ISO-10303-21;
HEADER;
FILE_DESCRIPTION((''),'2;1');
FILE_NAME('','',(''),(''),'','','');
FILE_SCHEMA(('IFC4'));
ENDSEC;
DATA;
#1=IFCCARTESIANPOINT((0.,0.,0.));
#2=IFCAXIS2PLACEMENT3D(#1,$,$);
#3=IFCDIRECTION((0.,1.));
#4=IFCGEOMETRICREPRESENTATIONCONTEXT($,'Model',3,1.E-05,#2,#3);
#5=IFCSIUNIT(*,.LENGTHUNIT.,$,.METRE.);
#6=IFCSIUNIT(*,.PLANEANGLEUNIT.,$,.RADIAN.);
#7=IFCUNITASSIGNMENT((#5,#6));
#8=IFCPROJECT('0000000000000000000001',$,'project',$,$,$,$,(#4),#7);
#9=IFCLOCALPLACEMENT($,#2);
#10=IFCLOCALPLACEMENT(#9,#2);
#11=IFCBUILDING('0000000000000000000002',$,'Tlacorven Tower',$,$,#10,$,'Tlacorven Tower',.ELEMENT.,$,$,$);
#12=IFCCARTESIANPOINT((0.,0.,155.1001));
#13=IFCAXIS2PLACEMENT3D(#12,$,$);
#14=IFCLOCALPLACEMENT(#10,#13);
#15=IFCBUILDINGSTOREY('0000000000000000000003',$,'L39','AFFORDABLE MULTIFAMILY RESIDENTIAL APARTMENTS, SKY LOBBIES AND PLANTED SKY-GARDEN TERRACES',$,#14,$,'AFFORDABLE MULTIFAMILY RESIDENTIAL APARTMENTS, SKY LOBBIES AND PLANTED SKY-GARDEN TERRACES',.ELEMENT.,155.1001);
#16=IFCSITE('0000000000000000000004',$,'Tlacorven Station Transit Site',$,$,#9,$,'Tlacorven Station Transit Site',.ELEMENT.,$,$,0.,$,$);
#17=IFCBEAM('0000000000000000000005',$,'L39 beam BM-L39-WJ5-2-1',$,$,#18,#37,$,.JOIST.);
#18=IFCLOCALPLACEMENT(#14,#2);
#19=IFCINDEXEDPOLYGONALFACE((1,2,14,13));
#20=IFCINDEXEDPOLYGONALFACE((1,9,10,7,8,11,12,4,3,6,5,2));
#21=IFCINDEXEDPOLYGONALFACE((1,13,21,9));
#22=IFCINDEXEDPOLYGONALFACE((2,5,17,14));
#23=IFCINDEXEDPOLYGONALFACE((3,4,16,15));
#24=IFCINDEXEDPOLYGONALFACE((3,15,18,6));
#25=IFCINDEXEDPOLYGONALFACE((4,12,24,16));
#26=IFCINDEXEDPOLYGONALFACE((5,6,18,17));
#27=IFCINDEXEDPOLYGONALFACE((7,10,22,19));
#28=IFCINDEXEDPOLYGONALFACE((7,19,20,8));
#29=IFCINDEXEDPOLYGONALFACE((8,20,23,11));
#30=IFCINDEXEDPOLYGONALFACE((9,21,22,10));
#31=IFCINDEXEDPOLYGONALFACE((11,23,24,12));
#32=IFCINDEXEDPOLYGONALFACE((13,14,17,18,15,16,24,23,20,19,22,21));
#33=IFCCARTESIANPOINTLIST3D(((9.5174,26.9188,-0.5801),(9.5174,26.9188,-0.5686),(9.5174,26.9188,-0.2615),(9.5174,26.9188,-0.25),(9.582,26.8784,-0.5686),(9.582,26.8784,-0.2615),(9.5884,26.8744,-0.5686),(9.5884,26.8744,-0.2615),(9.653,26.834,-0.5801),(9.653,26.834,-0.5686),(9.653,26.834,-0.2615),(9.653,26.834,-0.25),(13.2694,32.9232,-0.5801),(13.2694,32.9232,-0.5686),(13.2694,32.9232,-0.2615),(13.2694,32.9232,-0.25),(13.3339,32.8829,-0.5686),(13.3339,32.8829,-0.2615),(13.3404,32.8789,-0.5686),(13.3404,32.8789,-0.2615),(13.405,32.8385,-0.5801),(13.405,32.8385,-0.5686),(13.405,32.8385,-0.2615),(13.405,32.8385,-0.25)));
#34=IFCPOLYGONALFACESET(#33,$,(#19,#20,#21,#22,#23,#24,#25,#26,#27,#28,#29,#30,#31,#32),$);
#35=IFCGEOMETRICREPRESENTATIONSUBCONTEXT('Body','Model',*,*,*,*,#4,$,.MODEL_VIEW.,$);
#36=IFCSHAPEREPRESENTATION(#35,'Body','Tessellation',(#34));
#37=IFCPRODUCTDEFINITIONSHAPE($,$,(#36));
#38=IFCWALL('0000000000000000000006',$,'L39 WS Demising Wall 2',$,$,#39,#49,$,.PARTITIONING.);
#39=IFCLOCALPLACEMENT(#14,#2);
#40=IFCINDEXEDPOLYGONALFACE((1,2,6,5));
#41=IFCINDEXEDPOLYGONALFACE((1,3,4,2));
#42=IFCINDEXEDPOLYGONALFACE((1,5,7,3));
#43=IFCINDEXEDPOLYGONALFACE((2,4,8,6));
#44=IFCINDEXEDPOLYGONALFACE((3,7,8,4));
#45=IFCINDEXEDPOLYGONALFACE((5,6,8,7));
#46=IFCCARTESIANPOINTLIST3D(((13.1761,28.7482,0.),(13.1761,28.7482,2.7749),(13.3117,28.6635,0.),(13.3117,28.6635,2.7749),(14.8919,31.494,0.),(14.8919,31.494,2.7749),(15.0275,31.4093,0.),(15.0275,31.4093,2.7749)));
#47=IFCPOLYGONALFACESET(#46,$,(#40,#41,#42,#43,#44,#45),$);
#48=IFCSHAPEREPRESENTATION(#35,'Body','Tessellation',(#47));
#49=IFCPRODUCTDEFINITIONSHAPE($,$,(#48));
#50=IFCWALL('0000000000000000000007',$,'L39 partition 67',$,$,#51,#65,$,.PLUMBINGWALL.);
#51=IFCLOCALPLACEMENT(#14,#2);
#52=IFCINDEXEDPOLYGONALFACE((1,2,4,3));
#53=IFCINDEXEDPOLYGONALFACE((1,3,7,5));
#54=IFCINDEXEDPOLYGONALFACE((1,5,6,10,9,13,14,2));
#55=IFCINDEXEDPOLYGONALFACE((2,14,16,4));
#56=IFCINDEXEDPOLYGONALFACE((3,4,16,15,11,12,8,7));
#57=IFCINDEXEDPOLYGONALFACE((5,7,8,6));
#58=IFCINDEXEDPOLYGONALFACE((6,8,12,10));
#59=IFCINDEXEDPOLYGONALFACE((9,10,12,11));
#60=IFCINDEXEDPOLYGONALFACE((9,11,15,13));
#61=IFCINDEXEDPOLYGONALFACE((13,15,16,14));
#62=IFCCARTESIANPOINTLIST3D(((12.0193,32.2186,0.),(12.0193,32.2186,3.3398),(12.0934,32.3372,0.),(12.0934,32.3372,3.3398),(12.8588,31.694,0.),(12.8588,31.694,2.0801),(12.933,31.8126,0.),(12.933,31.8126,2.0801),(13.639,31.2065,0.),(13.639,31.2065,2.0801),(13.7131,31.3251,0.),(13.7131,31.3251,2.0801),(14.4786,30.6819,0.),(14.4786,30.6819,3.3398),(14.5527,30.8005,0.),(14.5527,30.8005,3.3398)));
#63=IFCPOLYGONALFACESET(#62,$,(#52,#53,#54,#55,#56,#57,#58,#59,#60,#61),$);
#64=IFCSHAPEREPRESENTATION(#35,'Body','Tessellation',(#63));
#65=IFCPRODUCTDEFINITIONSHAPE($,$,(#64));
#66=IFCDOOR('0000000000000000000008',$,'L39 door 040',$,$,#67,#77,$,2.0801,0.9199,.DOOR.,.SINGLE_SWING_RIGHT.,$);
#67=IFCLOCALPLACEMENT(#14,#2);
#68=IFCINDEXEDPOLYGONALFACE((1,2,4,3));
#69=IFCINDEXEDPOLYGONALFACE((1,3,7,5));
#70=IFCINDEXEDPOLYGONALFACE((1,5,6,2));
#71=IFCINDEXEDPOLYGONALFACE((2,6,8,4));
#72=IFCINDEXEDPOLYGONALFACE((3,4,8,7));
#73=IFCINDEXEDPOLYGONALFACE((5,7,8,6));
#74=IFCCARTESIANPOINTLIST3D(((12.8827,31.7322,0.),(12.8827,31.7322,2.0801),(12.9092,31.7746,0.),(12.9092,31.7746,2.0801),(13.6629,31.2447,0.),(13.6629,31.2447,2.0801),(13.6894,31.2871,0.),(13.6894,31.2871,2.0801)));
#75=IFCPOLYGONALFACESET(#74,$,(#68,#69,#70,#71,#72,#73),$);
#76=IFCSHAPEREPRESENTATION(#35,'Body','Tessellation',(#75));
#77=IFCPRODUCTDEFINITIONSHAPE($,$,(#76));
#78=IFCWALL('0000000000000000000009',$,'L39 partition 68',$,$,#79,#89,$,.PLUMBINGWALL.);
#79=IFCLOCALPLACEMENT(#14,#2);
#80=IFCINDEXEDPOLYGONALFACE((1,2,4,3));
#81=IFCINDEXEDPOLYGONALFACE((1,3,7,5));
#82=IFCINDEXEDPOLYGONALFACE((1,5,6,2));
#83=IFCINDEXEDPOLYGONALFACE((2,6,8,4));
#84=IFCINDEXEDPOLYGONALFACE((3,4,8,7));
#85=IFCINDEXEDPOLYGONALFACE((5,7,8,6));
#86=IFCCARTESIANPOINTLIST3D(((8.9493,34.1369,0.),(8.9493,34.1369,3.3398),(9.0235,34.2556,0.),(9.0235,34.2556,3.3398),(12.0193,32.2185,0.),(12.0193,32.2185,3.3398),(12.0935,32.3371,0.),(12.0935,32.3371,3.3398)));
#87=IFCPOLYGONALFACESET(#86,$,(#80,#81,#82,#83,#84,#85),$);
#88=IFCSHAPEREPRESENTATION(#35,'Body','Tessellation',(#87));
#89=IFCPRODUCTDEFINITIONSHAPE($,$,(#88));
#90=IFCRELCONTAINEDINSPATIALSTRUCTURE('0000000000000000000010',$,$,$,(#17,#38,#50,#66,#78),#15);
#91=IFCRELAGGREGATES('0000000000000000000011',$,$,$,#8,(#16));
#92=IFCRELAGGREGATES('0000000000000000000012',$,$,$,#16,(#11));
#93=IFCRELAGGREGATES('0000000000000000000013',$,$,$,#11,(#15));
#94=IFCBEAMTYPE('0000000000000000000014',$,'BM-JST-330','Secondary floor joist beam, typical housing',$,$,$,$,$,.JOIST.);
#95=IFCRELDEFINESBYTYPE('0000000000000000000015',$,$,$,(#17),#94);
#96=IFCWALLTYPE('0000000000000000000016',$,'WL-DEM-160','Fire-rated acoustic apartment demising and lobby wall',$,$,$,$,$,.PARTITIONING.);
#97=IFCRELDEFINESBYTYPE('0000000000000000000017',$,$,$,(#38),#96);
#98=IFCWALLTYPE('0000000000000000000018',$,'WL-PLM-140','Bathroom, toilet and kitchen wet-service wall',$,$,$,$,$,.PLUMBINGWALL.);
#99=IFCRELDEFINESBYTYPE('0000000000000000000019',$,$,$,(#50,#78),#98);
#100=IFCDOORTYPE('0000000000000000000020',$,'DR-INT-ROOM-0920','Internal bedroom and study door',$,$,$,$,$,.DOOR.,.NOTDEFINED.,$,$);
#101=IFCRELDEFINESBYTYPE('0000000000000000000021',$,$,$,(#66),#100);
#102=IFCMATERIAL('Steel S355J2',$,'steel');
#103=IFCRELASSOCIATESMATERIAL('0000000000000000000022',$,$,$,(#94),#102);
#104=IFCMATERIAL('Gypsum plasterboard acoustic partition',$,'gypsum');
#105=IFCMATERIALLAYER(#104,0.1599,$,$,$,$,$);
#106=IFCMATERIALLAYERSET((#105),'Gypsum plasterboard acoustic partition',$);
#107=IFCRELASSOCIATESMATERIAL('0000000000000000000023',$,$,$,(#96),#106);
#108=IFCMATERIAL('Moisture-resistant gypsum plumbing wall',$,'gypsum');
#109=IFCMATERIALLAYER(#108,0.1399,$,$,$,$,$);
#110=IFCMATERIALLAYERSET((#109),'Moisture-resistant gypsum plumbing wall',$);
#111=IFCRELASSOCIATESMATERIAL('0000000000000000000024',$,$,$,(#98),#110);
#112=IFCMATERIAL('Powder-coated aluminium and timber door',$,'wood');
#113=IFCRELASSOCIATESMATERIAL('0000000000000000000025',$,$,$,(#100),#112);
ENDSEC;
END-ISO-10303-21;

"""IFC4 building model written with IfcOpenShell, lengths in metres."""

from ifc_helpers import new_model, si_unit, direction, frame, frame_2d, origin, origin_2d, place, context, subcontext, project, spatial, rectangle, i_section, extrude, source, transform, mapped, material, layer, layer_set, material_profile, profile_set, type_object, element, fill, save


model = new_model("IFC4")

# Units and contexts
model_context = context("Model", 3, precision=1e-05, world=origin(), true_north=direction((0.0, 1.0)))
body_context = subcontext(model_context, "Body", "Model", "MODEL_VIEW")
ifc_project = project(units=[si_unit("LENGTHUNIT", "METRE"), si_unit("PLANEANGLEUNIT", "RADIAN")], contexts=[model_context])

# Site, building, storey
site_placement = place(None, origin())
site = spatial("IfcSite", under=ifc_project, at=site_placement, Name="Tlacorven Station Transit Site", LongName="Tlacorven Station Transit Site", CompositionType="ELEMENT", RefElevation=0.0)
building_placement = place(site_placement, origin())
building = spatial("IfcBuilding", under=site, at=building_placement, Name="Tlacorven Tower", LongName="Tlacorven Tower", CompositionType="ELEMENT")
storey_placement = place(building_placement, frame((0.0, 0.0, 155.1001)))
storey = spatial("IfcBuildingStorey", under=building, at=storey_placement, Name="L39", Description="AFFORDABLE MULTIFAMILY RESIDENTIAL APARTMENTS, SKY LOBBIES AND PLANTED SKY-GARDEN TERRACES", LongName="AFFORDABLE MULTIFAMILY RESIDENTIAL APARTMENTS, SKY LOBBIES AND PLANTED SKY-GARDEN TERRACES", CompositionType="ELEMENT", Elevation=155.1001)

# Beam
ifc_material_1 = material(Name="Steel S355J2", Category="steel")
ifc_material_profile_1 = material_profile(ifc_material_1, i_section(OverallWidth=0.1599, OverallDepth=0.3301, WebThickness=0.0076, FlangeThickness=0.0115, at=origin_2d()), Name="IPE 330")
ifc_profile_set_1 = profile_set([ifc_material_profile_1], Name="Steel S355J2")
beam_type_1 = type_object("IfcBeamType", Name="BM-JST-330", Description="Secondary floor joist beam, typical housing", PredefinedType="JOIST", material=ifc_profile_set_1)
shared_shape_1 = source(origin(), body_context, "Body", "SweptSolid", [
    extrude(i_section(OverallWidth=0.1599, OverallDepth=0.3301, WebThickness=0.0076, FlangeThickness=0.0115, at=origin_2d()), origin(), (0.0, 0.0, 1.0), 7.0803),
])
beam_1_placement = place(storey_placement, frame((13.3372, 32.8809, -0.415), z_axis=(-0.529918, -0.848049, 0.0), x_axis=(0.848049, -0.529918, 0.0)))
element("IfcBeam", 1, at=beam_1_placement, inside=storey, type_object=beam_type_1, Name="L39 beam BM-L39-WJ5-2-1", PredefinedType="JOIST", context=body_context, shape_type="MappedRepresentation", body=[
    mapped(shared_shape_1, transform((0.0, 0.0, 0.0), scale=1.0)),
])

# Wall
ifc_material_2 = material(Name="Gypsum plasterboard acoustic partition", Category="gypsum")
ifc_layer_1 = layer(ifc_material_2, 0.1599)
ifc_layer_set_1 = layer_set([ifc_layer_1], Name="Gypsum plasterboard acoustic partition")
wall_type_1 = type_object("IfcWallType", Name="WL-DEM-160", Description="Fire-rated acoustic apartment demising and lobby wall", PredefinedType="PARTITIONING", material=ifc_layer_set_1)
wall_1_placement = place(storey_placement, frame((14.9597, 31.4517, 0.0), z_axis=(0.0, 0.0, 1.0), x_axis=(-0.529924, -0.848045, 0.0)))
element("IfcWall", 2, at=wall_1_placement, inside=storey, type_object=wall_type_1, Name="L39 WS Demising Wall 2", PredefinedType="PARTITIONING", context=body_context, shape_type="SweptSolid", body=[
    extrude(rectangle(XDim=3.2378, YDim=0.1599, at=frame_2d((1.6189, 0.0))), origin(), (0.0, 0.0, 1.0), 2.7749),
])

# Wall, opening, door
ifc_material_3 = material(Name="Moisture-resistant gypsum plumbing wall", Category="gypsum")
ifc_layer_2 = layer(ifc_material_3, 0.1399)
ifc_layer_set_2 = layer_set([ifc_layer_2], Name="Moisture-resistant gypsum plumbing wall")
wall_type_2 = type_object("IfcWallType", Name="WL-PLM-140", Description="Bathroom, toilet and kitchen wet-service wall", PredefinedType="PLUMBINGWALL", material=ifc_layer_set_2)
wall_2_placement = place(storey_placement, frame((14.5156, 30.7412, 0.0), z_axis=(0.0, 0.0, 1.0), x_axis=(-0.84806, 0.529901, 0.0)))
wall_2 = element("IfcWall", 3, at=wall_2_placement, inside=storey, type_object=wall_type_2, Name="L39 partition 67", PredefinedType="PLUMBINGWALL", context=body_context, shape_type="SweptSolid", body=[
    extrude(rectangle(XDim=2.8999, YDim=0.1399, at=frame_2d((1.45, 0.0))), origin(), (0.0, 0.0, 1.0), 3.3398),
])
opening_placement = place(wall_2_placement, frame((0.99, 0.0, 0.0)))
opening = element("IfcOpeningElement", 4, at=opening_placement, cuts=wall_2, PredefinedType="OPENING", context=body_context, shape_type="SweptSolid", body=[
    extrude(rectangle(XDim=0.9199, YDim=2.0801, at=frame_2d((0.46, 1.04))), frame((0.0, 0.0801, 0.0), z_axis=(0.0, -1.0, 0.0), x_axis=(1.0, 0.0, 0.0)), (0.0, 0.0, 1.0), 0.1599),
])
ifc_material_4 = material(Name="Powder-coated aluminium and timber door", Category="wood")
door_type = type_object("IfcDoorType", Name="DR-INT-ROOM-0920", Description="Internal bedroom and study door", OperationType="NOTDEFINED", PredefinedType="DOOR", material=ifc_material_4)
shared_shape_2 = source(origin(), body_context, "Body", "SweptSolid", [
    extrude(rectangle(XDim=0.9199, YDim=2.0801, at=frame_2d((0.46, 1.04))), frame((0.0, 0.0249, 0.0), z_axis=(0.0, -1.0, 0.0), x_axis=(1.0, 0.0, 0.0)), (0.0, 0.0, 1.0), 0.05),
])
door_placement = place(opening_placement, origin())
door = element("IfcDoor", 5, at=door_placement, inside=storey, type_object=door_type, Name="L39 door 040", OperationType="SINGLE_SWING_RIGHT", OverallHeight=2.0801, OverallWidth=0.9199, PredefinedType="DOOR", context=body_context, shape_type="MappedRepresentation", body=[
    mapped(shared_shape_2, transform((0.0, 0.0, 0.0), scale=1.0)),
])
fill(opening, door)

# Wall
wall_3_placement = place(storey_placement, frame((12.0564, 32.2778, 0.0), z_axis=(0.0, 0.0, 1.0), x_axis=(-0.84804, 0.529932, 0.0)))
element("IfcWall", 6, at=wall_3_placement, inside=storey, type_object=wall_type_2, Name="L39 partition 68", PredefinedType="PLUMBINGWALL", context=body_context, shape_type="SweptSolid", body=[
    extrude(rectangle(XDim=3.6201, YDim=0.1399, at=frame_2d((1.8101, 0.0))), origin(), (0.0, 0.0, 1.0), 3.3398),
])

save(model, "model.ifc")
